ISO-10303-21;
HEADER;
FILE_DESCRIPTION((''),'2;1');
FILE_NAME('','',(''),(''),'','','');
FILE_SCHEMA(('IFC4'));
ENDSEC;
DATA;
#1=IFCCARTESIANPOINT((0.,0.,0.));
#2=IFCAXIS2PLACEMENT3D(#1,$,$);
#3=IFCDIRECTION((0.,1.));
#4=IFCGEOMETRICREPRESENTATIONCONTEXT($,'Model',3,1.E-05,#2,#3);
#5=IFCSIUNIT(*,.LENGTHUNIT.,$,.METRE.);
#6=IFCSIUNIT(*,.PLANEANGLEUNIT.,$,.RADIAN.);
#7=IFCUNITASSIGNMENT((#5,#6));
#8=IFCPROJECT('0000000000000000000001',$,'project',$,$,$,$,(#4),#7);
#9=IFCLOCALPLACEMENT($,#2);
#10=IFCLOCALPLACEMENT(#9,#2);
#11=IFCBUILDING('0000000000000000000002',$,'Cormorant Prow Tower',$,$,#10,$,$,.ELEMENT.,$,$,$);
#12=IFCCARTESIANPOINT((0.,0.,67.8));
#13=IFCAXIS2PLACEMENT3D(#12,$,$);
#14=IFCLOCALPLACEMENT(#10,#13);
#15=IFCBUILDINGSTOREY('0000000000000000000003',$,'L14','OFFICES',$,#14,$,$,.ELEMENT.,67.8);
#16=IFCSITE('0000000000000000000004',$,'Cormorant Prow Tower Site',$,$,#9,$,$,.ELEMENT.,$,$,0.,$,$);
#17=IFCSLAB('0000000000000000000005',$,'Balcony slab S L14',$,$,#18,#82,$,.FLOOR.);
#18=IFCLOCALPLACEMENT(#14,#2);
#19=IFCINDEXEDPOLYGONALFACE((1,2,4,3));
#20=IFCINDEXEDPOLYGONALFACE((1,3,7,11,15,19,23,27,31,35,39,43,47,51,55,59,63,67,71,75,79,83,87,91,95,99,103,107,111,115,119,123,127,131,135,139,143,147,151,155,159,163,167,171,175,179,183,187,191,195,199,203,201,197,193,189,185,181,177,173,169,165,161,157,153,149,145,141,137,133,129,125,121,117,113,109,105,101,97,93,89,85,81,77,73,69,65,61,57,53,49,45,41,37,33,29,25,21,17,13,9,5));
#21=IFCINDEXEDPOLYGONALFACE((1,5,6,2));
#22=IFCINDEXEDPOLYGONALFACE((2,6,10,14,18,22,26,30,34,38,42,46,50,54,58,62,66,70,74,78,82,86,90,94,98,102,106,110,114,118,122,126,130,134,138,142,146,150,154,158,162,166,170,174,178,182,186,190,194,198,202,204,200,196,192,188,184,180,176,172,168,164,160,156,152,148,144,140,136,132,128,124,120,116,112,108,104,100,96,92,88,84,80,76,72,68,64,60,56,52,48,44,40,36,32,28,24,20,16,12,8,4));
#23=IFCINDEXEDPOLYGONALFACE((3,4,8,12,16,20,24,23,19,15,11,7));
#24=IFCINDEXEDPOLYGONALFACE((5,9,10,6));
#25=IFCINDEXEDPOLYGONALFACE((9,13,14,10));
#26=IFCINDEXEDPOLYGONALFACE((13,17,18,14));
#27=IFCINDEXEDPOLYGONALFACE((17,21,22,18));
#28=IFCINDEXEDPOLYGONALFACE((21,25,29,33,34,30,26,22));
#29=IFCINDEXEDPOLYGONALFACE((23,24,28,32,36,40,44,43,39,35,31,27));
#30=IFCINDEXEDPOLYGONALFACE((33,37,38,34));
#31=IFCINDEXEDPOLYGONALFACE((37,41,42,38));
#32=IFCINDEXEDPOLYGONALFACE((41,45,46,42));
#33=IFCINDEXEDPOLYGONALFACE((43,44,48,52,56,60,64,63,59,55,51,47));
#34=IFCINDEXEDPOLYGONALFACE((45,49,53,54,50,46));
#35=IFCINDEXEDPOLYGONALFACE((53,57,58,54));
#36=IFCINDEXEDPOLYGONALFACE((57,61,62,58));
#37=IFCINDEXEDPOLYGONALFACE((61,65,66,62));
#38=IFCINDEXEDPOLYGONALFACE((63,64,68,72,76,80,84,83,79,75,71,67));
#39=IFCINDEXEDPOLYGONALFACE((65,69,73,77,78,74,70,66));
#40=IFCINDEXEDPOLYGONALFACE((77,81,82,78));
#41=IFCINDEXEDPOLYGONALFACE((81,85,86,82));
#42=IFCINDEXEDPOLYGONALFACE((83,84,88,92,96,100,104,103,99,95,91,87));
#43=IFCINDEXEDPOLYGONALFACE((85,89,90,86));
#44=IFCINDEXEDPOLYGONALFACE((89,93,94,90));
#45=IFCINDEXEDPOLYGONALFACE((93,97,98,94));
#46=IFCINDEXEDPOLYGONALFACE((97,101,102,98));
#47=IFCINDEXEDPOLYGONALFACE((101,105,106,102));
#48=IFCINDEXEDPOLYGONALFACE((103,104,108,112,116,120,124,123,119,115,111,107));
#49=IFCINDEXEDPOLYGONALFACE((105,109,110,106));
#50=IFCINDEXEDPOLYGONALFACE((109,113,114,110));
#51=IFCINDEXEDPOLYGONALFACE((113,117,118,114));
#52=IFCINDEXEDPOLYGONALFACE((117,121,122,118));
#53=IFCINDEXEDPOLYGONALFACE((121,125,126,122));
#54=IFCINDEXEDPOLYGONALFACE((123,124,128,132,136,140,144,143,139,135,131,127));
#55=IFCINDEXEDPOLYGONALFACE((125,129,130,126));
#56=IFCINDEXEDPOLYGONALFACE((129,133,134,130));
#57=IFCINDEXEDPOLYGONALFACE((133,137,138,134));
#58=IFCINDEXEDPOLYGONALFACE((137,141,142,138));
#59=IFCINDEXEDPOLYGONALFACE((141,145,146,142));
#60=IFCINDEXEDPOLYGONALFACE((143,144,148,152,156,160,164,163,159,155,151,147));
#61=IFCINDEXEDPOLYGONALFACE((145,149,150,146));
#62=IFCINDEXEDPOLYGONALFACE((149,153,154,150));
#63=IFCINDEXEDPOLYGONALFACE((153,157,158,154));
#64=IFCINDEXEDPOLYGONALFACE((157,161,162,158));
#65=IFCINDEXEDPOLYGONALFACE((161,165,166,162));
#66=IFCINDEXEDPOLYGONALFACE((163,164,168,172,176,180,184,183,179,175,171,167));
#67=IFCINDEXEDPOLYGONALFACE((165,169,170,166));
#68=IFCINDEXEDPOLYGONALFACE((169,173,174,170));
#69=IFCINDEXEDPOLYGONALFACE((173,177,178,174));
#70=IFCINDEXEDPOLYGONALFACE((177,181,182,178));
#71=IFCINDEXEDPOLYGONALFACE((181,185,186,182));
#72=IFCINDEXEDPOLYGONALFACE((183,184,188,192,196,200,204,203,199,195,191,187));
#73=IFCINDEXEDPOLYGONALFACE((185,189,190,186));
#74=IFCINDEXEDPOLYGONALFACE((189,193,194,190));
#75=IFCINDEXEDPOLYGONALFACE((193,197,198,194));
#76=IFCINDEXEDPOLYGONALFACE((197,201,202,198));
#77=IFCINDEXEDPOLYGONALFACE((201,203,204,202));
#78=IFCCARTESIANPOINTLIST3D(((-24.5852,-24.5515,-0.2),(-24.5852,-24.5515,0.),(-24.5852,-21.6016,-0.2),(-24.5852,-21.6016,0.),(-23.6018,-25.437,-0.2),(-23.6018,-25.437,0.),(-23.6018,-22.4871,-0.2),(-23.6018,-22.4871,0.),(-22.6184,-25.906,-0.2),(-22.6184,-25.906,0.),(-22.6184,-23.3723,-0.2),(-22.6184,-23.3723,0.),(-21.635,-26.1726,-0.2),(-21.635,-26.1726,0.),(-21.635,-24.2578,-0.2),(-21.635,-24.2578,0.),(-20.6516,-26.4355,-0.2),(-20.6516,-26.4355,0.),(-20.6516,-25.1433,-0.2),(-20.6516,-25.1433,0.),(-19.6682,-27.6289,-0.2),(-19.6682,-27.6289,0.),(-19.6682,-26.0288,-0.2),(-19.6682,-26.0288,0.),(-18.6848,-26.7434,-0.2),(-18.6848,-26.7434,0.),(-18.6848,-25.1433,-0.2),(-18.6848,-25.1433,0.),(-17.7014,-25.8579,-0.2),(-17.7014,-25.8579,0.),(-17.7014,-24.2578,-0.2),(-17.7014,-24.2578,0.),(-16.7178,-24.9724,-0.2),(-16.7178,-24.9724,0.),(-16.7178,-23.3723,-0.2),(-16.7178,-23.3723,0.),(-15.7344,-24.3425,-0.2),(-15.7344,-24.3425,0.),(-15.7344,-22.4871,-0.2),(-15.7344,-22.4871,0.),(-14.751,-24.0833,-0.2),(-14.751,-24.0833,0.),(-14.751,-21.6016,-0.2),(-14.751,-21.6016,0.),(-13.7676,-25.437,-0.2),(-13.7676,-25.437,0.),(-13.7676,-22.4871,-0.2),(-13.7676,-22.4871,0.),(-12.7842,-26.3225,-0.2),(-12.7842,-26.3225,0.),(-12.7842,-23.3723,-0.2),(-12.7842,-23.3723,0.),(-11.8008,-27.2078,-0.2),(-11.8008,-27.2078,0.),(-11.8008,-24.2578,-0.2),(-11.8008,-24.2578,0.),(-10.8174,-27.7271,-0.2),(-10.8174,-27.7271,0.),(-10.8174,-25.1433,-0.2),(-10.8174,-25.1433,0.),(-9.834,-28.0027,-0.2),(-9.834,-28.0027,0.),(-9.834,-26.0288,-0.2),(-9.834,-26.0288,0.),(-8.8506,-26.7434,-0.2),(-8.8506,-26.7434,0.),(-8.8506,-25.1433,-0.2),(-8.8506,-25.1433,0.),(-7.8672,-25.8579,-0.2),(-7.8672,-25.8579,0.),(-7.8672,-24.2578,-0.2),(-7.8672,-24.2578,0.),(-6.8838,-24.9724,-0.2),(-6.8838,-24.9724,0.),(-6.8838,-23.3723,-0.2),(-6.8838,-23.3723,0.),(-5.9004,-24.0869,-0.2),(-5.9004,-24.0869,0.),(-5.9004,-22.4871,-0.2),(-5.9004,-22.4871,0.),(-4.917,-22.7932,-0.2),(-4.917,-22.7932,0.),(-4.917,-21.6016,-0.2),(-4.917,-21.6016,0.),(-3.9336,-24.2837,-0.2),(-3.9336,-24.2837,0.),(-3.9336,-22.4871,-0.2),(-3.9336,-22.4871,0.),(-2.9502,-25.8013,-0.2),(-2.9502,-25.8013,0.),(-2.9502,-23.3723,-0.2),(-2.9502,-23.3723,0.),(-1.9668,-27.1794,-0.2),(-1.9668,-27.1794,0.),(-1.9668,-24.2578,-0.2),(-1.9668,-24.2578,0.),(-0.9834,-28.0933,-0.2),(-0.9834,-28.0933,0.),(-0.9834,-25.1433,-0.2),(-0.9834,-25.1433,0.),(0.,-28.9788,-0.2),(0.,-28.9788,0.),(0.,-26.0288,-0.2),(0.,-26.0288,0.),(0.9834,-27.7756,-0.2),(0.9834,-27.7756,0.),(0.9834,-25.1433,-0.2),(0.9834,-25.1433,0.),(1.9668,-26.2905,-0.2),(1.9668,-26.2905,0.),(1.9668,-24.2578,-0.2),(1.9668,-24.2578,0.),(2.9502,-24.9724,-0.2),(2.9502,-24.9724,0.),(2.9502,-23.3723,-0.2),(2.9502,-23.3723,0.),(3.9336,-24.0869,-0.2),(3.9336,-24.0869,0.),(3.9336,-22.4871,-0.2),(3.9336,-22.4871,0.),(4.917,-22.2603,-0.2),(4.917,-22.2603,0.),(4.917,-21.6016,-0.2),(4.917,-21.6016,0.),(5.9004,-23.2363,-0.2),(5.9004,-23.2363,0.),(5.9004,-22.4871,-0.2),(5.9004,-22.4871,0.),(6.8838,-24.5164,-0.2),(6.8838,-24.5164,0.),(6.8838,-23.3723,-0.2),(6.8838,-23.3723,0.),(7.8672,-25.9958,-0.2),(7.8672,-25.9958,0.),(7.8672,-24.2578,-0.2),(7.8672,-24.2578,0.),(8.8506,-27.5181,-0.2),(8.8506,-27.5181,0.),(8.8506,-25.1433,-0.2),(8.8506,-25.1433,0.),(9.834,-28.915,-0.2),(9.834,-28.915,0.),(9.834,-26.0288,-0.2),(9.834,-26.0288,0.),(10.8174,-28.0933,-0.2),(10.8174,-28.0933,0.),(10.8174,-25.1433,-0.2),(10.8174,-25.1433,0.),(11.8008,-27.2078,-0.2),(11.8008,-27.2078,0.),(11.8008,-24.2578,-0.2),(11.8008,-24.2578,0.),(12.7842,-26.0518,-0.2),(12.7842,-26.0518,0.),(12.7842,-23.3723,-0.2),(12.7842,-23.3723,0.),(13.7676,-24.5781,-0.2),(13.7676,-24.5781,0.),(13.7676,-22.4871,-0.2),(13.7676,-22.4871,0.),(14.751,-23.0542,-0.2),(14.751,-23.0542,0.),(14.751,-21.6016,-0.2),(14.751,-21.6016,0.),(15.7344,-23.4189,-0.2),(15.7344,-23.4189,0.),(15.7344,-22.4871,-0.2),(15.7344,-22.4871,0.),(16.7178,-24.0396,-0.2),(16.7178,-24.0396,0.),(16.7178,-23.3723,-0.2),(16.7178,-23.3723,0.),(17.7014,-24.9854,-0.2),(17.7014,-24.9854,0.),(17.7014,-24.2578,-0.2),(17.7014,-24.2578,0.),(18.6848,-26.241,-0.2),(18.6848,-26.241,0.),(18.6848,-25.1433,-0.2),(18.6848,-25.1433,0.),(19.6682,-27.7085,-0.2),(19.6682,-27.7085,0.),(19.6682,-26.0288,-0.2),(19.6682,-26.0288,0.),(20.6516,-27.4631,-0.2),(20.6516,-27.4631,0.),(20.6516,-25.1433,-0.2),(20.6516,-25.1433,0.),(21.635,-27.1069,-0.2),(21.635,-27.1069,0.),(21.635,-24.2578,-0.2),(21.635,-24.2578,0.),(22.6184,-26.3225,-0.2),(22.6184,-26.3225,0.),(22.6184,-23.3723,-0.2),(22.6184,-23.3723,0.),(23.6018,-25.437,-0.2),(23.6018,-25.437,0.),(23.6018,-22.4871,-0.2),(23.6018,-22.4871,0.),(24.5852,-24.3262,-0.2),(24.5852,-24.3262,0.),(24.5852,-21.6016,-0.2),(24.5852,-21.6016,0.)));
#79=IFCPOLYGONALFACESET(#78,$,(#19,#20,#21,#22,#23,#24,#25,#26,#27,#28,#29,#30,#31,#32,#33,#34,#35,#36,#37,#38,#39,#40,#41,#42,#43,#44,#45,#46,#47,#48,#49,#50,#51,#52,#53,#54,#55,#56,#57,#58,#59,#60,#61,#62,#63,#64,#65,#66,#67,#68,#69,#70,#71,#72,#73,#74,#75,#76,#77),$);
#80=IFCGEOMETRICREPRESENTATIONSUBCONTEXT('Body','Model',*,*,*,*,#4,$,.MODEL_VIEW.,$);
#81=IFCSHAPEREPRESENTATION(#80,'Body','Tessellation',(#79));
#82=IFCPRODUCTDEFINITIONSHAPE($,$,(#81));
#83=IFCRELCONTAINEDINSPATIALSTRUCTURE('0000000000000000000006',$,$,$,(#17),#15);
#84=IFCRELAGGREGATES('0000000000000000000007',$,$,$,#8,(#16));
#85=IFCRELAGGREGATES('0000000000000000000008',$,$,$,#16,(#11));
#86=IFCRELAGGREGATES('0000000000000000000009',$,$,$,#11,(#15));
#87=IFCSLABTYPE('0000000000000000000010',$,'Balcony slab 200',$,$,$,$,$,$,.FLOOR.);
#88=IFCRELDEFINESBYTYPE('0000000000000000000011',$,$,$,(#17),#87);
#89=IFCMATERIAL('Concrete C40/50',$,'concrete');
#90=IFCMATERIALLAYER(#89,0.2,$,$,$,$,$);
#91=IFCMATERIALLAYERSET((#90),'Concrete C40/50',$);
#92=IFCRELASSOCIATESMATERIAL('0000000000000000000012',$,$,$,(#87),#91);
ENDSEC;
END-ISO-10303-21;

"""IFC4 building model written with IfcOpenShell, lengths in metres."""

from ifc_helpers import new_model, si_unit, direction, frame, origin, place, context, subcontext, project, spatial, polyline, outline, extrude, material, layer, layer_set, type_object, element, save


model = new_model("IFC4")

# Units and contexts
model_context = context("Model", 3, precision=1e-05, world=origin(), true_north=direction((0.0, 1.0)))
body_context = subcontext(model_context, "Body", "Model", "MODEL_VIEW")
ifc_project = project(units=[si_unit("LENGTHUNIT", "METRE"), si_unit("PLANEANGLEUNIT", "RADIAN")], contexts=[model_context])

# Site, building, storey
site_placement = place(None, origin())
site = spatial("IfcSite", under=ifc_project, at=site_placement, Name="Cormorant Prow Tower Site", CompositionType="ELEMENT", RefElevation=0.0)
building_placement = place(site_placement, origin())
building = spatial("IfcBuilding", under=site, at=building_placement, Name="Cormorant Prow Tower", CompositionType="ELEMENT")
storey_placement = place(building_placement, frame((0.0, 0.0, 67.8)))
storey = spatial("IfcBuildingStorey", under=building, at=storey_placement, Name="L14", Description="OFFICES", CompositionType="ELEMENT", Elevation=67.8)

# Slab
ifc_material_1 = material(Name="Concrete C40/50", Category="concrete")
ifc_layer_1 = layer(ifc_material_1, 0.2)
ifc_layer_set_1 = layer_set([ifc_layer_1], Name="Concrete C40/50")
slab_type_1 = type_object("IfcSlabType", Name="Balcony slab 200", PredefinedType="FLOOR", material=ifc_layer_set_1)
slab_1_placement = place(storey_placement, frame((0.0, 0.0, -0.2)))
element("IfcSlab", 1, at=slab_1_placement, inside=storey, type_object=slab_type_1, Name="Balcony slab S L14", PredefinedType="FLOOR", context=body_context, shape_type="SweptSolid", body=[
    extrude(outline(polyline([(-24.5852, -21.6016), (-24.5852, -24.5515), (-23.6018, -25.437), (-22.6184, -25.906), (-21.635, -26.1726), (-20.6516, -26.4355), (-19.6682, -27.6289), (-18.6848, -26.7434), (-17.7014, -25.8579), (-16.7178, -24.9724), (-15.7344, -24.3425), (-14.751, -24.0833), (-13.7676, -25.437), (-12.7842, -26.3225), (-11.8008, -27.2078), (-10.8174, -27.7271), (-9.834, -28.0027), (-8.8506, -26.7434), (-7.8672, -25.8579), (-6.8838, -24.9724), (-5.9004, -24.0869), (-4.917, -22.7932), (-3.9336, -24.2837), (-2.9502, -25.8013), (-1.9668, -27.1794), (-0.9834, -28.0933), (0.0, -28.9788), (0.9834, -27.7756), (1.9668, -26.2905), (2.9502, -24.9724), (3.9336, -24.0869), (4.917, -22.2603), (5.9004, -23.2363), (6.8838, -24.5164), (7.8672, -25.9958), (8.8506, -27.5181), (9.834, -28.915), (10.8174, -28.0933), (11.8008, -27.2078), (12.7842, -26.0518), (13.7676, -24.5781), (14.751, -23.0542), (15.7344, -23.4189), (16.7178, -24.0396), (17.7014, -24.9854), (18.6848, -26.241), (19.6682, -27.7085), (20.6516, -27.4631), (21.635, -27.1069), (22.6184, -26.3225), (23.6018, -25.437), (24.5852, -24.3262), (24.5852, -21.6016), (23.6018, -22.4871), (22.6184, -23.3723), (21.635, -24.2578), (20.6516, -25.1433), (19.6682, -26.0288), (18.6848, -25.1433), (17.7014, -24.2578), (16.7178, -23.3723), (15.7344, -22.4871), (14.751, -21.6016), (13.7676, -22.4871), (12.7842, -23.3723), (11.8008, -24.2578), (10.8174, -25.1433), (9.834, -26.0288), (8.8506, -25.1433), (7.8672, -24.2578), (6.8838, -23.3723), (5.9004, -22.4871), (4.917, -21.6016), (3.9336, -22.4871), (2.9502, -23.3723), (1.9668, -24.2578), (0.9834, -25.1433), (0.0, -26.0288), (-0.9834, -25.1433), (-1.9668, -24.2578), (-2.9502, -23.3723), (-3.9336, -22.4871), (-4.917, -21.6016), (-5.9004, -22.4871), (-6.8838, -23.3723), (-7.8672, -24.2578), (-8.8506, -25.1433), (-9.834, -26.0288), (-10.8174, -25.1433), (-11.8008, -24.2578), (-12.7842, -23.3723), (-13.7676, -22.4871), (-14.751, -21.6016), (-15.7344, -22.4871), (-16.7178, -23.3723), (-17.7014, -24.2578), (-18.6848, -25.1433), (-19.6682, -26.0288), (-20.6516, -25.1433), (-21.635, -24.2578), (-22.6184, -23.3723), (-23.6018, -22.4871), (-24.5852, -21.6016)])), origin(), (0.0, 0.0, 1.0), 0.2),
])

save(model, "model.ifc")
